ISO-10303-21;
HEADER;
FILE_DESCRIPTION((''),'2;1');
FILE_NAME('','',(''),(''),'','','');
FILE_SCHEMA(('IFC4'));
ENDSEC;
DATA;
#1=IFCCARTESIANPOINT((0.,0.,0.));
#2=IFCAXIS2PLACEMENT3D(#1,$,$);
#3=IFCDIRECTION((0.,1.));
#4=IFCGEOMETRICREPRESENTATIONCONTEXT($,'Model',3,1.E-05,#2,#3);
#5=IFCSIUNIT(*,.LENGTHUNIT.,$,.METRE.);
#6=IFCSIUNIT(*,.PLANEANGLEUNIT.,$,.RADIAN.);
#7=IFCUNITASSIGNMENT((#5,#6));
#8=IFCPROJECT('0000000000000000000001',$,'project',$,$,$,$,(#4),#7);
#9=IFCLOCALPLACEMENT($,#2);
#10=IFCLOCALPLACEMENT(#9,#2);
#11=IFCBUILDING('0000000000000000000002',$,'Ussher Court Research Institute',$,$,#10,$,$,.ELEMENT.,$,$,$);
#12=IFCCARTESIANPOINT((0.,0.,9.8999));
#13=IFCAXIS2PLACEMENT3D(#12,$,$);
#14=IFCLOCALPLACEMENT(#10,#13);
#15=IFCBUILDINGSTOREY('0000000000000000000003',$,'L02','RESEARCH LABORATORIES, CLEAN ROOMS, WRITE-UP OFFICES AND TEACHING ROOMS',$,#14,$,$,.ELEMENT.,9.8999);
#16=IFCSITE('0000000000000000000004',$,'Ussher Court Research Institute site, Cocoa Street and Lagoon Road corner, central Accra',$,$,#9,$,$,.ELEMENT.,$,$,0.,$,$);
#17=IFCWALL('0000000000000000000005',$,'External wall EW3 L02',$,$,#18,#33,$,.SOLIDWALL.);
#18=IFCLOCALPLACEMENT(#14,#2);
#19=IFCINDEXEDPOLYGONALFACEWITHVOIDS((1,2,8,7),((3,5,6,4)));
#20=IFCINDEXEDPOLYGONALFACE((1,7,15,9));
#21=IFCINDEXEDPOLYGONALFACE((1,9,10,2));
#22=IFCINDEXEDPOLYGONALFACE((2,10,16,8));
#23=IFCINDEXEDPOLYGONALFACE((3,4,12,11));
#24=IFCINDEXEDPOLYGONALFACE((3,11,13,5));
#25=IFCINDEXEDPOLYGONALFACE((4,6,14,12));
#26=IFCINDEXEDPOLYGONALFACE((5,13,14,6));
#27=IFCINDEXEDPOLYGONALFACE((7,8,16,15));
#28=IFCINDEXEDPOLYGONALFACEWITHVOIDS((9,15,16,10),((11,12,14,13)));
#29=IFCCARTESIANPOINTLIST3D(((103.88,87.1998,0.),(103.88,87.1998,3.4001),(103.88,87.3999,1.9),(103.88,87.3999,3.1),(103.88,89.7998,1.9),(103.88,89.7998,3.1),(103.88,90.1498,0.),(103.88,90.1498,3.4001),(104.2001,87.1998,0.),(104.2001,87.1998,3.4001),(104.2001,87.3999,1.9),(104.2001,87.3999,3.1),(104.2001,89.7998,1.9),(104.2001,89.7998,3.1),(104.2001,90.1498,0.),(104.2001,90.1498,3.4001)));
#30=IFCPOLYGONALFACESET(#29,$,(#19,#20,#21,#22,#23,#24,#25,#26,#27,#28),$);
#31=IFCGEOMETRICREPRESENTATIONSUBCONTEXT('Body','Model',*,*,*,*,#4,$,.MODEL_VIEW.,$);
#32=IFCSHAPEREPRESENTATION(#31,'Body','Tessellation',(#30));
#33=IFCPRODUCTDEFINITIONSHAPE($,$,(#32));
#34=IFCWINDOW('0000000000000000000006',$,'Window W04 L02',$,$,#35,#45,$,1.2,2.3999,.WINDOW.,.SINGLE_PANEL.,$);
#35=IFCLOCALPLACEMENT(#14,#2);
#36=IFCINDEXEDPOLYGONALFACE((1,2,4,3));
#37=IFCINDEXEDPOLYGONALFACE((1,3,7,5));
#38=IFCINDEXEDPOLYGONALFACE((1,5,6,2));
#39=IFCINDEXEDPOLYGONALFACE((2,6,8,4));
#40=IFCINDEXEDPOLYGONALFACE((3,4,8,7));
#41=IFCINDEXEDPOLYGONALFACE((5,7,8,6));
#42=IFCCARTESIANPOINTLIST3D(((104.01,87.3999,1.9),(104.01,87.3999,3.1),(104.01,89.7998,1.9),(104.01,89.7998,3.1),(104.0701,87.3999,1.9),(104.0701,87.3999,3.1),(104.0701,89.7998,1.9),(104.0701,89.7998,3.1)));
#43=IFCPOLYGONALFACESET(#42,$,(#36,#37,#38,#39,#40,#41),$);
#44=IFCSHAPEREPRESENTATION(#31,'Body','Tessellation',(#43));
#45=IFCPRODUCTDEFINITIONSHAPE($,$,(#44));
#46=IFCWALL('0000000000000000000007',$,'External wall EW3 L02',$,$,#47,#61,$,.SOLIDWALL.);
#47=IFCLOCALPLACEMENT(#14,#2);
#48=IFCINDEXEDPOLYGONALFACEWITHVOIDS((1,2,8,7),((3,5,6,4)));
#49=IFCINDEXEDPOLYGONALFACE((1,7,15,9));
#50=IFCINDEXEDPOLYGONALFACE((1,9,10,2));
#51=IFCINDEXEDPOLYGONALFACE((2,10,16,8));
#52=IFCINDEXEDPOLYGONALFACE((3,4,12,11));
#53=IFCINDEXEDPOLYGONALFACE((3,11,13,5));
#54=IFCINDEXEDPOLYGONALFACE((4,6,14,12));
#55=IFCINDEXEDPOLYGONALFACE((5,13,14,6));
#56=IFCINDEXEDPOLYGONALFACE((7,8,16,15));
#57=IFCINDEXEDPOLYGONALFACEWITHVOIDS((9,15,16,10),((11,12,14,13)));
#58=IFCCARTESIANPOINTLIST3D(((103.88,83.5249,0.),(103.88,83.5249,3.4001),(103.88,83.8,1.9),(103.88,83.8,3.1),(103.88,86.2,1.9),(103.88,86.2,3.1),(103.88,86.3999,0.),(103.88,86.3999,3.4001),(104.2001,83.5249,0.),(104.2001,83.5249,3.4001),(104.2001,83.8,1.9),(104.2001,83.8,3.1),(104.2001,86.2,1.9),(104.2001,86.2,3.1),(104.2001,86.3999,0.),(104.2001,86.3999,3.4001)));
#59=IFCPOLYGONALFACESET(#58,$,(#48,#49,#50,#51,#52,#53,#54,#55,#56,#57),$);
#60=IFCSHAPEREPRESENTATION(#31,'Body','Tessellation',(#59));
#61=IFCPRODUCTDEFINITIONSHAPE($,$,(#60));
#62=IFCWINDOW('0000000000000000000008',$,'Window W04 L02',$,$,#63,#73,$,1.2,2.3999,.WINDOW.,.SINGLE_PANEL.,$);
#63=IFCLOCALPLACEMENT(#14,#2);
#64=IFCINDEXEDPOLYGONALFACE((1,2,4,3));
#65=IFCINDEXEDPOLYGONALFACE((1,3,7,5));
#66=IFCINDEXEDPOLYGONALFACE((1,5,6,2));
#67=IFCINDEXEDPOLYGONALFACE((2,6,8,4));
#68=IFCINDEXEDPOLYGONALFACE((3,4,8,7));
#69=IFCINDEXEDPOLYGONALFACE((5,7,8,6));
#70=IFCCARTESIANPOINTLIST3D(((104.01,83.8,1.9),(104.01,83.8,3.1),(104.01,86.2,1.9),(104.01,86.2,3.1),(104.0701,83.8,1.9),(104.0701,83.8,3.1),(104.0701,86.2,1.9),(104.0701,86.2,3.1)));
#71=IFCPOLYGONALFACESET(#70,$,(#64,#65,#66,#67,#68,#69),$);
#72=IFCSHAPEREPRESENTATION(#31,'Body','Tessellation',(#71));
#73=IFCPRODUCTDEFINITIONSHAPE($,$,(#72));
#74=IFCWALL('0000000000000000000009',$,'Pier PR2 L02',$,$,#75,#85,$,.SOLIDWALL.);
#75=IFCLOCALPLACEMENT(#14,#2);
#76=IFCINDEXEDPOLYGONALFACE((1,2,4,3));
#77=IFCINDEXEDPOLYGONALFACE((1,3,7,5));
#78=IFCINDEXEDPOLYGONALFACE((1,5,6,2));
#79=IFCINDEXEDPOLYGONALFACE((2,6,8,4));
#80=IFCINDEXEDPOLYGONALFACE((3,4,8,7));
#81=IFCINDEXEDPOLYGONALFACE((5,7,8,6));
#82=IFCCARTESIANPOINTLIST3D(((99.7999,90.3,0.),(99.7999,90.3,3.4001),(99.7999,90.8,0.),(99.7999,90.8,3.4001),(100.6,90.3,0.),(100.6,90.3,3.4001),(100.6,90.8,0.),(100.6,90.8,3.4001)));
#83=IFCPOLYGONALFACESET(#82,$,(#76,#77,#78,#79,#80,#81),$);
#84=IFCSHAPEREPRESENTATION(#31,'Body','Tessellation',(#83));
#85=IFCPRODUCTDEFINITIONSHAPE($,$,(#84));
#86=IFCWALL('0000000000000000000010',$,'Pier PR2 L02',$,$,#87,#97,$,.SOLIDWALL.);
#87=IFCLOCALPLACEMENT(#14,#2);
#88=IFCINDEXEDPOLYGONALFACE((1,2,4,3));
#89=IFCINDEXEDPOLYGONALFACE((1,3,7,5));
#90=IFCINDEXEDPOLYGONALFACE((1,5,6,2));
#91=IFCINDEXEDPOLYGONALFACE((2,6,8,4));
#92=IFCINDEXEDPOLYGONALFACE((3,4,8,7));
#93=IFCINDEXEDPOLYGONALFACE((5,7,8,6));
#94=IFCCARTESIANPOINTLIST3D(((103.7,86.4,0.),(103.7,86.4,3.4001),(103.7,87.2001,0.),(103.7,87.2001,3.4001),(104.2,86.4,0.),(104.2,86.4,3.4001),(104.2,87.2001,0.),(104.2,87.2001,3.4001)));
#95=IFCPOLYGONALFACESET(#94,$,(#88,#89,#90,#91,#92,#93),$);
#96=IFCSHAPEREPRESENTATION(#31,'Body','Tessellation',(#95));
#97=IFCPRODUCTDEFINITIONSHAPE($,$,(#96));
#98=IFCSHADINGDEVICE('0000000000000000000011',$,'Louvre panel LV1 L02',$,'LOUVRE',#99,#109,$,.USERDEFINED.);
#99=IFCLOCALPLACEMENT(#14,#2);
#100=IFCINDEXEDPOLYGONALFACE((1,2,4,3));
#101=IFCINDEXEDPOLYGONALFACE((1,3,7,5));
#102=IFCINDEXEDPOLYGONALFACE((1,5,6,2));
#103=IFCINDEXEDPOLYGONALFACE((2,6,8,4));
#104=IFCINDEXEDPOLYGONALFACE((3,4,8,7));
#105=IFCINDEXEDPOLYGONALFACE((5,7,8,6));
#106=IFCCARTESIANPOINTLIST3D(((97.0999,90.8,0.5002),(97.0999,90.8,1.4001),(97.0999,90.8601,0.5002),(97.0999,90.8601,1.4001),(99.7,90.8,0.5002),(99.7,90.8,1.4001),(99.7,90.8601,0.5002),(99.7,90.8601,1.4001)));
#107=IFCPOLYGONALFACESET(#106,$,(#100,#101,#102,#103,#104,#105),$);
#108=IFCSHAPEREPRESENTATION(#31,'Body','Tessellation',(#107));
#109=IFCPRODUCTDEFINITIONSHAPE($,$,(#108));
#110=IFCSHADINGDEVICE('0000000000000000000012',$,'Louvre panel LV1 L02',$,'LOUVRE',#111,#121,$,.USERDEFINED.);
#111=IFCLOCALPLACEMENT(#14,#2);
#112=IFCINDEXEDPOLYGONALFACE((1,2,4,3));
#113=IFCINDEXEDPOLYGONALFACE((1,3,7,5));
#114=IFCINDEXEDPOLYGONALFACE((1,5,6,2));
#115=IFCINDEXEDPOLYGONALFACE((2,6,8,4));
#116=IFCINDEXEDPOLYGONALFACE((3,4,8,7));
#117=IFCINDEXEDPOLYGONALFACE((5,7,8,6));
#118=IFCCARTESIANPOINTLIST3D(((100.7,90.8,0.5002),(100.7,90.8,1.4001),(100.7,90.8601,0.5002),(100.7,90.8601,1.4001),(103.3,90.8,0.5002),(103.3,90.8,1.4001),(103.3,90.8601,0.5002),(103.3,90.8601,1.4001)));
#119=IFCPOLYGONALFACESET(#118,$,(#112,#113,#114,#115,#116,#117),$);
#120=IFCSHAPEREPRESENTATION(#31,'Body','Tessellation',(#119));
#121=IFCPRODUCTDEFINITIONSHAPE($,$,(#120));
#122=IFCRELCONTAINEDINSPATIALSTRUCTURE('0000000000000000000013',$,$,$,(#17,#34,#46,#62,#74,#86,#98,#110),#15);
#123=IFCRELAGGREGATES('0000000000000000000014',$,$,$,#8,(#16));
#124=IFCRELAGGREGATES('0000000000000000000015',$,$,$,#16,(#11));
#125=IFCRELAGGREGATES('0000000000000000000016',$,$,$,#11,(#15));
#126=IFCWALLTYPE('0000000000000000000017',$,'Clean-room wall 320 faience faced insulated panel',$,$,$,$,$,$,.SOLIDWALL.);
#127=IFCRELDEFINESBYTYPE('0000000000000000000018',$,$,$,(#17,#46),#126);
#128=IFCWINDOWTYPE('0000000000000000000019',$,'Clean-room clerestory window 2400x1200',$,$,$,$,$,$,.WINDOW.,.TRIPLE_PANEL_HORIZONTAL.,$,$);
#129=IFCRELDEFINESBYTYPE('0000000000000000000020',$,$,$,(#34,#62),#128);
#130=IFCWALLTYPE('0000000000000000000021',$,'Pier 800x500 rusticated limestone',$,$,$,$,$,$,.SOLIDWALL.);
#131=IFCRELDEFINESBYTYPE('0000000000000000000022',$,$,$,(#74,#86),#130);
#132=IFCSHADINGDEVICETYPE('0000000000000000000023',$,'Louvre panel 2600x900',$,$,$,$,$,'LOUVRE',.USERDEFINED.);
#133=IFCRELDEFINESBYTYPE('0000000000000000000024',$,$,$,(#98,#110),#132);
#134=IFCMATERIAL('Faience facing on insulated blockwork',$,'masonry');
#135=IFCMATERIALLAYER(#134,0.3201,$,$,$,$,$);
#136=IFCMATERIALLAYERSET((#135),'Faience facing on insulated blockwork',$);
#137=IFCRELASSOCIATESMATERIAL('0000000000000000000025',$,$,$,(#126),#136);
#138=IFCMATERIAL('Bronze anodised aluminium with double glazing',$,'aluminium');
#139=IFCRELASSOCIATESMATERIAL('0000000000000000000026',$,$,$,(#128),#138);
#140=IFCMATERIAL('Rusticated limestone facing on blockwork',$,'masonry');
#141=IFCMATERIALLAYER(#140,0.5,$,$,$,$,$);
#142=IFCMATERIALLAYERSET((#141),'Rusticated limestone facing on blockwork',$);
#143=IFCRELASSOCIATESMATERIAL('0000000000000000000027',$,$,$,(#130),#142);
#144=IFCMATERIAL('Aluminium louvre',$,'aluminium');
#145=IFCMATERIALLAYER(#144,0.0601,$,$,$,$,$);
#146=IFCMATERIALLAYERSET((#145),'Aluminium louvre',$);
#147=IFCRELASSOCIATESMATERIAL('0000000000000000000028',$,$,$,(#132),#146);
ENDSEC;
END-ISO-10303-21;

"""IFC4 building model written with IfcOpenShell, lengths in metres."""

from ifc_helpers import new_model, si_unit, direction, frame, frame_2d, origin, origin_2d, place, context, subcontext, project, spatial, rectangle, extrude, material, layer, layer_set, type_object, element, fill, save


model = new_model("IFC4")

# Units and contexts
model_context = context("Model", 3, precision=1e-05, world=origin(), true_north=direction((0.0, 1.0)))
body_context = subcontext(model_context, "Body", "Model", "MODEL_VIEW")
ifc_project = project(units=[si_unit("LENGTHUNIT", "METRE"), si_unit("PLANEANGLEUNIT", "RADIAN")], contexts=[model_context])

# Site, building, storey
site_placement = place(None, origin())
site = spatial("IfcSite", under=ifc_project, at=site_placement, Name="Ussher Court Research Institute site, Cocoa Street and Lagoon Road corner, central Accra", CompositionType="ELEMENT", RefElevation=0.0)
building_placement = place(site_placement, origin())
building = spatial("IfcBuilding", under=site, at=building_placement, Name="Ussher Court Research Institute", CompositionType="ELEMENT")
storey_placement = place(building_placement, frame((0.0, 0.0, 9.8999)))
storey = spatial("IfcBuildingStorey", under=building, at=storey_placement, Name="L02", Description="RESEARCH LABORATORIES, CLEAN ROOMS, WRITE-UP OFFICES AND TEACHING ROOMS", CompositionType="ELEMENT", Elevation=9.8999)

# Walls, openings, windows
ifc_material_1 = material(Name="Faience facing on insulated blockwork", Category="masonry")
ifc_layer_1 = layer(ifc_material_1, 0.3201)
ifc_layer_set_1 = layer_set([ifc_layer_1], Name="Faience facing on insulated blockwork")
wall_type_1 = type_object("IfcWallType", Name="Clean-room wall 320 faience faced insulated panel", PredefinedType="SOLIDWALL", material=ifc_layer_set_1)
ifc_material_2 = material(Name="Bronze anodised aluminium with double glazing", Category="aluminium")
window_type = type_object("IfcWindowType", Name="Clean-room clerestory window 2400x1200", PartitioningType="TRIPLE_PANEL_HORIZONTAL", PredefinedType="WINDOW", material=ifc_material_2)
wall_1_placement = place(storey_placement, frame((104.04, 90.1499, 0.0), z_axis=(0.0, 0.0, 1.0), x_axis=(0.0, -1.0, 0.0)))
wall_1 = element("IfcWall", 1, at=wall_1_placement, inside=storey, type_object=wall_type_1, Name="External wall EW3 L02", PredefinedType="SOLIDWALL", context=body_context, shape_type="SweptSolid", body=[
    extrude(rectangle(XDim=2.95, YDim=0.3201, at=frame_2d((1.4751, 0.0))), origin(), (0.0, 0.0, 1.0), 3.4001),
])
opening_1_placement = place(wall_1_placement, frame((0.3501, 0.0, 1.8999)))
opening_1 = element("IfcOpeningElement", 2, at=opening_1_placement, cuts=wall_1, PredefinedType="OPENING", context=body_context, shape_type="SweptSolid", body=[
    extrude(rectangle(XDim=2.3999, YDim=1.2, at=frame_2d((1.2, 0.6001))), frame((0.0, 0.1699, 0.0), z_axis=(0.0, -1.0, 0.0), x_axis=(1.0, 0.0, 0.0)), (0.0, 0.0, 1.0), 0.3401),
])
window_1_placement = place(opening_1_placement, origin())
window_1 = element("IfcWindow", 3, at=window_1_placement, inside=storey, type_object=window_type, Name="Window W04 L02", OverallHeight=1.2, OverallWidth=2.3999, PartitioningType="SINGLE_PANEL", PredefinedType="WINDOW", context=body_context, shape_type="SweptSolid", body=[
    extrude(rectangle(XDim=2.3999, YDim=1.2, at=frame_2d((1.2, 0.6001))), frame((0.0, 0.03, 0.0), z_axis=(0.0, -1.0, 0.0), x_axis=(1.0, 0.0, 0.0)), (0.0, 0.0, 1.0), 0.0601),
])
fill(opening_1, window_1)
wall_2_placement = place(storey_placement, frame((104.04, 86.3999, 0.0), z_axis=(0.0, 0.0, 1.0), x_axis=(0.0, -1.0, 0.0)))
wall_2 = element("IfcWall", 4, at=wall_2_placement, inside=storey, type_object=wall_type_1, Name="External wall EW3 L02", PredefinedType="SOLIDWALL", context=body_context, shape_type="SweptSolid", body=[
    extrude(rectangle(XDim=2.875, YDim=0.3201, at=frame_2d((1.4375, 0.0))), origin(), (0.0, 0.0, 1.0), 3.4001),
])
opening_2_placement = place(wall_2_placement, frame((0.2, 0.0, 1.8999)))
opening_2 = element("IfcOpeningElement", 5, at=opening_2_placement, cuts=wall_2, PredefinedType="OPENING", context=body_context, shape_type="SweptSolid", body=[
    extrude(rectangle(XDim=2.3999, YDim=1.2, at=frame_2d((1.2, 0.6001))), frame((0.0, 0.1699, 0.0), z_axis=(0.0, -1.0, 0.0), x_axis=(1.0, 0.0, 0.0)), (0.0, 0.0, 1.0), 0.3401),
])
window_2_placement = place(opening_2_placement, origin())
window_2 = element("IfcWindow", 6, at=window_2_placement, inside=storey, type_object=window_type, Name="Window W04 L02", OverallHeight=1.2, OverallWidth=2.3999, PartitioningType="SINGLE_PANEL", PredefinedType="WINDOW", context=body_context, shape_type="SweptSolid", body=[
    extrude(rectangle(XDim=2.3999, YDim=1.2, at=frame_2d((1.2, 0.6001))), frame((0.0, 0.03, 0.0), z_axis=(0.0, -1.0, 0.0), x_axis=(1.0, 0.0, 0.0)), (0.0, 0.0, 1.0), 0.0601),
])
fill(opening_2, window_2)

# Walls
ifc_material_3 = material(Name="Rusticated limestone facing on blockwork", Category="masonry")
ifc_layer_2 = layer(ifc_material_3, 0.5)
ifc_layer_set_2 = layer_set([ifc_layer_2], Name="Rusticated limestone facing on blockwork")
wall_type_2 = type_object("IfcWallType", Name="Pier 800x500 rusticated limestone", PredefinedType="SOLIDWALL", material=ifc_layer_set_2)
for number, where, z_axis, x_axis, name in (
    (7, (99.8, 90.55, 0.0), (0.0, 0.0, 1.0), (1.0, 0.0, 0.0), "Pier PR2 L02"),
    (8, (103.95, 87.2, 0.0), (0.0, 0.0, 1.0), (0.0, -1.0, 0.0), "Pier PR2 L02"),
):
    element("IfcWall", number, at=place(storey_placement, frame(where, z_axis=z_axis, x_axis=x_axis)), inside=storey, type_object=wall_type_2, Name=name, PredefinedType="SOLIDWALL", context=body_context, shape_type="SweptSolid", body=[
        extrude(rectangle(XDim=0.8, YDim=0.5, at=frame_2d((0.3999, 0.0))), origin(), (0.0, 0.0, 1.0), 3.4001),
    ])

# Shading devices
ifc_material_4 = material(Name="Aluminium louvre", Category="aluminium")
ifc_layer_3 = layer(ifc_material_4, 0.0601)
ifc_layer_set_3 = layer_set([ifc_layer_3], Name="Aluminium louvre")
shading_device_type = type_object("IfcShadingDeviceType", Name="Louvre panel 2600x900", ElementType="LOUVRE", PredefinedType="USERDEFINED", material=ifc_layer_set_3)
for number, where, z_axis, x_axis, name in (
    (9, (98.3999, 90.8301, 0.5002), (0.0, 0.0, 1.0), (1.0, 0.0, 0.0), "Louvre panel LV1 L02"),
    (10, (102.0, 90.8301, 0.5002), (0.0, 0.0, 1.0), (1.0, 0.0, 0.0), "Louvre panel LV1 L02"),
):
    element("IfcShadingDevice", number, at=place(storey_placement, frame(where, z_axis=z_axis, x_axis=x_axis)), inside=storey, type_object=shading_device_type, Name=name, ObjectType="LOUVRE", PredefinedType="USERDEFINED", context=body_context, shape_type="SweptSolid", body=[
        extrude(rectangle(XDim=2.6001, YDim=0.0601, at=origin_2d()), origin(), (0.0, 0.0, 1.0), 0.8999),
    ])

save(model, "model.ifc")
